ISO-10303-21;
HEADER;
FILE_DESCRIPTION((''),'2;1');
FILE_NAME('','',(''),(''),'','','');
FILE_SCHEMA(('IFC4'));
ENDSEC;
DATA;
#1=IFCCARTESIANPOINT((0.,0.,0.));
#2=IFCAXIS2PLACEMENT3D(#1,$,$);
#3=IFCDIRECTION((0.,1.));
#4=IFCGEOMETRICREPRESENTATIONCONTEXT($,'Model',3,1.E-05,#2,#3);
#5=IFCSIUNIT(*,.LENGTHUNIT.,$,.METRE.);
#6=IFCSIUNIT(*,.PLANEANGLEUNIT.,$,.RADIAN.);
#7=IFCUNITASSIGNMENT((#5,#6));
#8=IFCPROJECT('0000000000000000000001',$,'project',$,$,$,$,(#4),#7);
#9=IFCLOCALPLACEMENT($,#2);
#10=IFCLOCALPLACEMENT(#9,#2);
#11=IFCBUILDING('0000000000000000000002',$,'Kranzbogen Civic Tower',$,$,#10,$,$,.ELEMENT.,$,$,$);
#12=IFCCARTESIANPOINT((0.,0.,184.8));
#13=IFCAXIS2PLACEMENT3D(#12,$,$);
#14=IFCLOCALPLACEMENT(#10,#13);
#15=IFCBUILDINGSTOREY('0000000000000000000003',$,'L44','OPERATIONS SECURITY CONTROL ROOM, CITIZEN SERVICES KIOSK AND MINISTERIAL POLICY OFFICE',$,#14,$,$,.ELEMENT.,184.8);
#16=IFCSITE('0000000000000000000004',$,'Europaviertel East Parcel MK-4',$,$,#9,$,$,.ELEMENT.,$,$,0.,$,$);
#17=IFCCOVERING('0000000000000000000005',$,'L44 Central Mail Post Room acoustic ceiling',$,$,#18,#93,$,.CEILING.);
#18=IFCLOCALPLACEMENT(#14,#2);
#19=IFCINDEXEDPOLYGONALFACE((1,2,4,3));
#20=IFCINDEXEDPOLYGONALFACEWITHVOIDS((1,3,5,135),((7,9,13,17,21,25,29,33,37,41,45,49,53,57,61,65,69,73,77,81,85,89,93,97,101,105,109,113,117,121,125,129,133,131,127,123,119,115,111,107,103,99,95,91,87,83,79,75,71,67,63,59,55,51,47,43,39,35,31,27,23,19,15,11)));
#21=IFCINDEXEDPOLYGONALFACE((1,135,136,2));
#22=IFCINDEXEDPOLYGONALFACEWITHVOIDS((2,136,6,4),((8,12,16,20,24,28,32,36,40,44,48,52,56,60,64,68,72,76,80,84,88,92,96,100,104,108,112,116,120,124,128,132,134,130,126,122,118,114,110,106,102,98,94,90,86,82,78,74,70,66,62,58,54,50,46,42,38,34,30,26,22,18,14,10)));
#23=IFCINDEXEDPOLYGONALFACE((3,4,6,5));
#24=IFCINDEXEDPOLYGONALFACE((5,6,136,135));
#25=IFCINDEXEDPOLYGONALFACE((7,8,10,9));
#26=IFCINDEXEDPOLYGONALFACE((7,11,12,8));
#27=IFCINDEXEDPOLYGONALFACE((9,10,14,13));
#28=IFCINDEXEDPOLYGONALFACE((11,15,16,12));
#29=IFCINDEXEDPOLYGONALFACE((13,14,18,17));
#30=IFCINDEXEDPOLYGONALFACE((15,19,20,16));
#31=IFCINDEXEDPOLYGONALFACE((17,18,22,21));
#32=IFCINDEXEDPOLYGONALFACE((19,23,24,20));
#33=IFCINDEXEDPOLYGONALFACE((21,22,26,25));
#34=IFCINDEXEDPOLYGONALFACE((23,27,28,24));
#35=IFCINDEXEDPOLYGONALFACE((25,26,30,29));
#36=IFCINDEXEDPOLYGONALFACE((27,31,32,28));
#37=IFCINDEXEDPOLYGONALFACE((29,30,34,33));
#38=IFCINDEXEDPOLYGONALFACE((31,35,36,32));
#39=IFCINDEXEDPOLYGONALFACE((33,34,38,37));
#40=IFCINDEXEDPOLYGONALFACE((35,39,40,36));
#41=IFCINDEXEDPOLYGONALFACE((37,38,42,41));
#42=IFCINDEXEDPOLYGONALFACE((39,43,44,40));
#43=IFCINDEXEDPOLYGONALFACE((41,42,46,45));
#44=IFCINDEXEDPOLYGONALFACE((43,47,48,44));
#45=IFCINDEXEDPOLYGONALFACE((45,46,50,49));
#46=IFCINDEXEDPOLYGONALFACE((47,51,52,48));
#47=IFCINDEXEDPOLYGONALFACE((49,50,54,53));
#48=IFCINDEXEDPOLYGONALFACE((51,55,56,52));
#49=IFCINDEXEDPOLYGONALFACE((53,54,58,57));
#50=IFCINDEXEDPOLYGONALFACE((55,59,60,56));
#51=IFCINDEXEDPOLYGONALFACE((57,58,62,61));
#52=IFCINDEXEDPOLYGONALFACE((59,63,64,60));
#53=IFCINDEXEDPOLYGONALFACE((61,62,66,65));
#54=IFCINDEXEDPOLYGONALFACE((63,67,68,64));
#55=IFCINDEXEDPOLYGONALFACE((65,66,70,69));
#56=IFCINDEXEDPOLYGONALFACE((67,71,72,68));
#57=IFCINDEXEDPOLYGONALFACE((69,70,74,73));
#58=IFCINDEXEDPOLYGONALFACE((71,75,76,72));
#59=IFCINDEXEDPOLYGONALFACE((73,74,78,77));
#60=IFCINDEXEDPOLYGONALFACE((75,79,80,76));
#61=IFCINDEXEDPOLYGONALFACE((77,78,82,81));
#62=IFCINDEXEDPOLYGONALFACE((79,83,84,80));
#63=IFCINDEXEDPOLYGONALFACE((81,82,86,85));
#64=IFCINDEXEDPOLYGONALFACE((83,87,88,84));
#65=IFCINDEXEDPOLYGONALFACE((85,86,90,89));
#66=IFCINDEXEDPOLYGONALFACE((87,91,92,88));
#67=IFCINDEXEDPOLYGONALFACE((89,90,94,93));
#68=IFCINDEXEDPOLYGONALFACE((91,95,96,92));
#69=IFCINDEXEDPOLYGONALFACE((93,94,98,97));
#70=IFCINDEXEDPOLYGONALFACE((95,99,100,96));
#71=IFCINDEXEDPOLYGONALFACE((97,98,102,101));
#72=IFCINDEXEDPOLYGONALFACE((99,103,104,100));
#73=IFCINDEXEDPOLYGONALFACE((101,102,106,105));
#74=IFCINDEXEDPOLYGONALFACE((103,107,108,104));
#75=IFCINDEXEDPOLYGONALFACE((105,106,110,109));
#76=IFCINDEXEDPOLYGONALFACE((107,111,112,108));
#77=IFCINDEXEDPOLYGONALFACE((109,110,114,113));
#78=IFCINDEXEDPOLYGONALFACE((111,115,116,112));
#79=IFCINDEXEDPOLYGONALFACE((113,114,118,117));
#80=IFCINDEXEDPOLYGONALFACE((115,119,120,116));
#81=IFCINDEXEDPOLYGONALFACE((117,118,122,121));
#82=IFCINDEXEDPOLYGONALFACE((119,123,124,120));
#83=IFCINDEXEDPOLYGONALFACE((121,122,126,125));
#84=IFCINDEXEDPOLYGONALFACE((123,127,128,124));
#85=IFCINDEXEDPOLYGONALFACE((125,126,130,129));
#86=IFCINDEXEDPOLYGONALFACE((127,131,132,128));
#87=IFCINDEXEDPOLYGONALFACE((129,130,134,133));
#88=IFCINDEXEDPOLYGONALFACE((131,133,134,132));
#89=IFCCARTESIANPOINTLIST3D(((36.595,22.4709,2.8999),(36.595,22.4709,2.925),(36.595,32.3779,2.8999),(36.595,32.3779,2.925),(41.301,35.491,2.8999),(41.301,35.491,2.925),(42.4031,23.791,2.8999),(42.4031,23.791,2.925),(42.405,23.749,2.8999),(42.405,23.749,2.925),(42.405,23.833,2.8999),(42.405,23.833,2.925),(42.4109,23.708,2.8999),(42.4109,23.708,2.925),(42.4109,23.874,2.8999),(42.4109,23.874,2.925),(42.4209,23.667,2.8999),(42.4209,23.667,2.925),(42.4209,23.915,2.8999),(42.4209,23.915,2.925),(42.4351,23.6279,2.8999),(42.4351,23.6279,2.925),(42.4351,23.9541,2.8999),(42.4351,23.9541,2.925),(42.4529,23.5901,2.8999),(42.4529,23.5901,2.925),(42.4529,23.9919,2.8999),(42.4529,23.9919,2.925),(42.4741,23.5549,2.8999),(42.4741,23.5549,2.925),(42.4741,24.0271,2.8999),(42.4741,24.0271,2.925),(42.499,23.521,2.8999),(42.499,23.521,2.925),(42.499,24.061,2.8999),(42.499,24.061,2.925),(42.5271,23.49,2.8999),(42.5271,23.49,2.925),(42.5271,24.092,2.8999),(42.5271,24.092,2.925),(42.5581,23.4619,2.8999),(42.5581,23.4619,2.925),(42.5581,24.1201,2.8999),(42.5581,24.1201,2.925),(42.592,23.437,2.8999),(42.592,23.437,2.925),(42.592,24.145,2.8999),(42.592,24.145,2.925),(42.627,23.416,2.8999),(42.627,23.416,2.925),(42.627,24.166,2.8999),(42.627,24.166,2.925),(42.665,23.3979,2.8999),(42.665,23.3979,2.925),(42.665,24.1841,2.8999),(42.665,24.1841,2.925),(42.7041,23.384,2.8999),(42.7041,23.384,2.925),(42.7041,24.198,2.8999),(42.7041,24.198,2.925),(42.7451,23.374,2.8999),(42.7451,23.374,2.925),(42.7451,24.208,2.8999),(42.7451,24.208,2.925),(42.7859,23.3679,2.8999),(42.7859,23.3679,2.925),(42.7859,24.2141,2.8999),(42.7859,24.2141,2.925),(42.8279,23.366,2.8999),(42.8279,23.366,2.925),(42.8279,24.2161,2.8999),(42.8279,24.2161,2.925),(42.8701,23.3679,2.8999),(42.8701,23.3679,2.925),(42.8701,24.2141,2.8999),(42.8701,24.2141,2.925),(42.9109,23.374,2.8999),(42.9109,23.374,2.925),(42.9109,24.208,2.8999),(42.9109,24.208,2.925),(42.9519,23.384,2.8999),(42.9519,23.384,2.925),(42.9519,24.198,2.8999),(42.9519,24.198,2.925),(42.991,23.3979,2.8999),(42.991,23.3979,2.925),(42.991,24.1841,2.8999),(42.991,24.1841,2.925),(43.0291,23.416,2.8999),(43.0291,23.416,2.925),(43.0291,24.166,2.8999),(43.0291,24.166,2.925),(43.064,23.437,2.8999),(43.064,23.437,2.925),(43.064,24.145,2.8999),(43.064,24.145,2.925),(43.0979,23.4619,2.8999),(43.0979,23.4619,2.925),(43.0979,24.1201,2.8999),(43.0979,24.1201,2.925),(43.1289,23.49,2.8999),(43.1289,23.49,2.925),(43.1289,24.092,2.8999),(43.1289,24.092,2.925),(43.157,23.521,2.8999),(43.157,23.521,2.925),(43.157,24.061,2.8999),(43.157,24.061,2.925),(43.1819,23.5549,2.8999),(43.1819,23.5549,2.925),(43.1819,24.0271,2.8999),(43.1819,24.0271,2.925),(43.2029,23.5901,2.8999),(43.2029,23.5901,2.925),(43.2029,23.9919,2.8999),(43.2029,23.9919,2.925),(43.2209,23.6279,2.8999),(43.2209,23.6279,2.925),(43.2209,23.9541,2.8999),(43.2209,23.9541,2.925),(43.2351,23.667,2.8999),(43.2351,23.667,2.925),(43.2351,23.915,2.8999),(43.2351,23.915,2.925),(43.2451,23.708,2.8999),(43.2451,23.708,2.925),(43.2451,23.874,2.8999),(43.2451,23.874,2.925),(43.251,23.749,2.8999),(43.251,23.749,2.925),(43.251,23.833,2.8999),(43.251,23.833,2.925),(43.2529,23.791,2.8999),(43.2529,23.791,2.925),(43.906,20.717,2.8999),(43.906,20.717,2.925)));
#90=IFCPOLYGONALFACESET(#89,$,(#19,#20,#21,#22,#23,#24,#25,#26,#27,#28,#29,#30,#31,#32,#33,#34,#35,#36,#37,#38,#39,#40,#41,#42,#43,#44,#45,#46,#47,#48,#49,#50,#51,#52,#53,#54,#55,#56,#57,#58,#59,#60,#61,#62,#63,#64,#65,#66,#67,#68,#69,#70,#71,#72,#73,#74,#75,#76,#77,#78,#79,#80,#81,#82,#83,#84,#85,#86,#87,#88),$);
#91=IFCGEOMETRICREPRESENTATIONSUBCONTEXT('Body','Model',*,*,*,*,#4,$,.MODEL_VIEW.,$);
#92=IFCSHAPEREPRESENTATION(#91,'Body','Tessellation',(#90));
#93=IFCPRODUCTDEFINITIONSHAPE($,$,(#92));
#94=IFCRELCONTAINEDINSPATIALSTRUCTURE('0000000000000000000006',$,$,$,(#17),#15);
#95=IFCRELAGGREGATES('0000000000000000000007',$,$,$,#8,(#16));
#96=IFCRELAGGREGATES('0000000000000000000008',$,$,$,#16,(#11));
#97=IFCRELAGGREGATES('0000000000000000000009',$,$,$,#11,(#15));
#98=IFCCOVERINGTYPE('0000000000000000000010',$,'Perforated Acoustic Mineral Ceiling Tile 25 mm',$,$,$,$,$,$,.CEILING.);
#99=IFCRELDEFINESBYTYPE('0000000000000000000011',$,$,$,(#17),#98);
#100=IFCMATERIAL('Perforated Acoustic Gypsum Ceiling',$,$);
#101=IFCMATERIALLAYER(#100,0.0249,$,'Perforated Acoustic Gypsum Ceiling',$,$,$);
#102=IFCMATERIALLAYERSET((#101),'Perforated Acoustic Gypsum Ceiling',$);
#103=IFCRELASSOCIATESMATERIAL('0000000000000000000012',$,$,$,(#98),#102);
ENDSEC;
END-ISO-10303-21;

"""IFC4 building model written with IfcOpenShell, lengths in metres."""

from ifc_helpers import new_model, si_unit, direction, frame, origin, place, context, subcontext, project, spatial, polyline, outline, extrude, material, layer, layer_set, type_object, element, save


model = new_model("IFC4")

# Units and contexts
model_context = context("Model", 3, precision=1e-05, world=origin(), true_north=direction((0.0, 1.0)))
body_context = subcontext(model_context, "Body", "Model", "MODEL_VIEW")
ifc_project = project(units=[si_unit("LENGTHUNIT", "METRE"), si_unit("PLANEANGLEUNIT", "RADIAN")], contexts=[model_context])

# Site, building, storey
site_placement = place(None, origin())
site = spatial("IfcSite", under=ifc_project, at=site_placement, Name="Europaviertel East Parcel MK-4", CompositionType="ELEMENT", RefElevation=0.0)
building_placement = place(site_placement, origin())
building = spatial("IfcBuilding", under=site, at=building_placement, Name="Kranzbogen Civic Tower", CompositionType="ELEMENT")
storey_placement = place(building_placement, frame((0.0, 0.0, 184.8)))
storey = spatial("IfcBuildingStorey", under=building, at=storey_placement, Name="L44", Description="OPERATIONS SECURITY CONTROL ROOM, CITIZEN SERVICES KIOSK AND MINISTERIAL POLICY OFFICE", CompositionType="ELEMENT", Elevation=184.8)

# Covering
ifc_material_1 = material(Name="Perforated Acoustic Gypsum Ceiling")
ifc_layer_1 = layer(ifc_material_1, 0.0249, Name="Perforated Acoustic Gypsum Ceiling")
ifc_layer_set_1 = layer_set([ifc_layer_1], Name="Perforated Acoustic Gypsum Ceiling")
covering_type = type_object("IfcCoveringType", Name="Perforated Acoustic Mineral Ceiling Tile 25 mm", PredefinedType="CEILING", material=ifc_layer_set_1)
covering_1_placement = place(storey_placement, frame((0.0, 0.0, 2.8999)))
element("IfcCovering", 1, at=covering_1_placement, inside=storey, type_object=covering_type, Name="L44 Central Mail Post Room acoustic ceiling", PredefinedType="CEILING", context=body_context, shape_type="SweptSolid", body=[
    extrude(outline(polyline([(36.595, 22.4709), (36.595, 32.3779), (41.301, 35.491), (43.906, 20.717), (36.595, 22.4709)]), holes=[polyline([(43.2209, 23.6279), (43.2029, 23.5901), (43.1819, 23.5549), (43.157, 23.521), (43.1289, 23.49), (43.0979, 23.4619), (43.064, 23.437), (43.0291, 23.416), (42.991, 23.3979), (42.9519, 23.384), (42.9109, 23.374), (42.8701, 23.3679), (42.8279, 23.366), (42.7859, 23.3679), (42.7451, 23.374), (42.7041, 23.384), (42.665, 23.3979), (42.627, 23.416), (42.592, 23.437), (42.5581, 23.4619), (42.5271, 23.49), (42.499, 23.521), (42.4741, 23.5549), (42.4529, 23.5901), (42.4351, 23.6279), (42.4209, 23.667), (42.4109, 23.708), (42.405, 23.749), (42.4031, 23.791), (42.405, 23.833), (42.4109, 23.874), (42.4209, 23.915), (42.4351, 23.9541), (42.4529, 23.9919), (42.4741, 24.0271), (42.499, 24.061), (42.5271, 24.092), (42.5581, 24.1201), (42.592, 24.145), (42.627, 24.166), (42.665, 24.1841), (42.7041, 24.198), (42.7451, 24.208), (42.7859, 24.2141), (42.8279, 24.2161), (42.8701, 24.2141), (42.9109, 24.208), (42.9519, 24.198), (42.991, 24.1841), (43.0291, 24.166), (43.064, 24.145), (43.0979, 24.1201), (43.1289, 24.092), (43.157, 24.061), (43.1819, 24.0271), (43.2029, 23.9919), (43.2209, 23.9541), (43.2351, 23.915), (43.2451, 23.874), (43.251, 23.833), (43.2529, 23.791), (43.251, 23.749), (43.2451, 23.708), (43.2351, 23.667), (43.2209, 23.6279)])]), origin(), (0.0, 0.0, 1.0), 0.0251),
])

save(model, "model.ifc")
